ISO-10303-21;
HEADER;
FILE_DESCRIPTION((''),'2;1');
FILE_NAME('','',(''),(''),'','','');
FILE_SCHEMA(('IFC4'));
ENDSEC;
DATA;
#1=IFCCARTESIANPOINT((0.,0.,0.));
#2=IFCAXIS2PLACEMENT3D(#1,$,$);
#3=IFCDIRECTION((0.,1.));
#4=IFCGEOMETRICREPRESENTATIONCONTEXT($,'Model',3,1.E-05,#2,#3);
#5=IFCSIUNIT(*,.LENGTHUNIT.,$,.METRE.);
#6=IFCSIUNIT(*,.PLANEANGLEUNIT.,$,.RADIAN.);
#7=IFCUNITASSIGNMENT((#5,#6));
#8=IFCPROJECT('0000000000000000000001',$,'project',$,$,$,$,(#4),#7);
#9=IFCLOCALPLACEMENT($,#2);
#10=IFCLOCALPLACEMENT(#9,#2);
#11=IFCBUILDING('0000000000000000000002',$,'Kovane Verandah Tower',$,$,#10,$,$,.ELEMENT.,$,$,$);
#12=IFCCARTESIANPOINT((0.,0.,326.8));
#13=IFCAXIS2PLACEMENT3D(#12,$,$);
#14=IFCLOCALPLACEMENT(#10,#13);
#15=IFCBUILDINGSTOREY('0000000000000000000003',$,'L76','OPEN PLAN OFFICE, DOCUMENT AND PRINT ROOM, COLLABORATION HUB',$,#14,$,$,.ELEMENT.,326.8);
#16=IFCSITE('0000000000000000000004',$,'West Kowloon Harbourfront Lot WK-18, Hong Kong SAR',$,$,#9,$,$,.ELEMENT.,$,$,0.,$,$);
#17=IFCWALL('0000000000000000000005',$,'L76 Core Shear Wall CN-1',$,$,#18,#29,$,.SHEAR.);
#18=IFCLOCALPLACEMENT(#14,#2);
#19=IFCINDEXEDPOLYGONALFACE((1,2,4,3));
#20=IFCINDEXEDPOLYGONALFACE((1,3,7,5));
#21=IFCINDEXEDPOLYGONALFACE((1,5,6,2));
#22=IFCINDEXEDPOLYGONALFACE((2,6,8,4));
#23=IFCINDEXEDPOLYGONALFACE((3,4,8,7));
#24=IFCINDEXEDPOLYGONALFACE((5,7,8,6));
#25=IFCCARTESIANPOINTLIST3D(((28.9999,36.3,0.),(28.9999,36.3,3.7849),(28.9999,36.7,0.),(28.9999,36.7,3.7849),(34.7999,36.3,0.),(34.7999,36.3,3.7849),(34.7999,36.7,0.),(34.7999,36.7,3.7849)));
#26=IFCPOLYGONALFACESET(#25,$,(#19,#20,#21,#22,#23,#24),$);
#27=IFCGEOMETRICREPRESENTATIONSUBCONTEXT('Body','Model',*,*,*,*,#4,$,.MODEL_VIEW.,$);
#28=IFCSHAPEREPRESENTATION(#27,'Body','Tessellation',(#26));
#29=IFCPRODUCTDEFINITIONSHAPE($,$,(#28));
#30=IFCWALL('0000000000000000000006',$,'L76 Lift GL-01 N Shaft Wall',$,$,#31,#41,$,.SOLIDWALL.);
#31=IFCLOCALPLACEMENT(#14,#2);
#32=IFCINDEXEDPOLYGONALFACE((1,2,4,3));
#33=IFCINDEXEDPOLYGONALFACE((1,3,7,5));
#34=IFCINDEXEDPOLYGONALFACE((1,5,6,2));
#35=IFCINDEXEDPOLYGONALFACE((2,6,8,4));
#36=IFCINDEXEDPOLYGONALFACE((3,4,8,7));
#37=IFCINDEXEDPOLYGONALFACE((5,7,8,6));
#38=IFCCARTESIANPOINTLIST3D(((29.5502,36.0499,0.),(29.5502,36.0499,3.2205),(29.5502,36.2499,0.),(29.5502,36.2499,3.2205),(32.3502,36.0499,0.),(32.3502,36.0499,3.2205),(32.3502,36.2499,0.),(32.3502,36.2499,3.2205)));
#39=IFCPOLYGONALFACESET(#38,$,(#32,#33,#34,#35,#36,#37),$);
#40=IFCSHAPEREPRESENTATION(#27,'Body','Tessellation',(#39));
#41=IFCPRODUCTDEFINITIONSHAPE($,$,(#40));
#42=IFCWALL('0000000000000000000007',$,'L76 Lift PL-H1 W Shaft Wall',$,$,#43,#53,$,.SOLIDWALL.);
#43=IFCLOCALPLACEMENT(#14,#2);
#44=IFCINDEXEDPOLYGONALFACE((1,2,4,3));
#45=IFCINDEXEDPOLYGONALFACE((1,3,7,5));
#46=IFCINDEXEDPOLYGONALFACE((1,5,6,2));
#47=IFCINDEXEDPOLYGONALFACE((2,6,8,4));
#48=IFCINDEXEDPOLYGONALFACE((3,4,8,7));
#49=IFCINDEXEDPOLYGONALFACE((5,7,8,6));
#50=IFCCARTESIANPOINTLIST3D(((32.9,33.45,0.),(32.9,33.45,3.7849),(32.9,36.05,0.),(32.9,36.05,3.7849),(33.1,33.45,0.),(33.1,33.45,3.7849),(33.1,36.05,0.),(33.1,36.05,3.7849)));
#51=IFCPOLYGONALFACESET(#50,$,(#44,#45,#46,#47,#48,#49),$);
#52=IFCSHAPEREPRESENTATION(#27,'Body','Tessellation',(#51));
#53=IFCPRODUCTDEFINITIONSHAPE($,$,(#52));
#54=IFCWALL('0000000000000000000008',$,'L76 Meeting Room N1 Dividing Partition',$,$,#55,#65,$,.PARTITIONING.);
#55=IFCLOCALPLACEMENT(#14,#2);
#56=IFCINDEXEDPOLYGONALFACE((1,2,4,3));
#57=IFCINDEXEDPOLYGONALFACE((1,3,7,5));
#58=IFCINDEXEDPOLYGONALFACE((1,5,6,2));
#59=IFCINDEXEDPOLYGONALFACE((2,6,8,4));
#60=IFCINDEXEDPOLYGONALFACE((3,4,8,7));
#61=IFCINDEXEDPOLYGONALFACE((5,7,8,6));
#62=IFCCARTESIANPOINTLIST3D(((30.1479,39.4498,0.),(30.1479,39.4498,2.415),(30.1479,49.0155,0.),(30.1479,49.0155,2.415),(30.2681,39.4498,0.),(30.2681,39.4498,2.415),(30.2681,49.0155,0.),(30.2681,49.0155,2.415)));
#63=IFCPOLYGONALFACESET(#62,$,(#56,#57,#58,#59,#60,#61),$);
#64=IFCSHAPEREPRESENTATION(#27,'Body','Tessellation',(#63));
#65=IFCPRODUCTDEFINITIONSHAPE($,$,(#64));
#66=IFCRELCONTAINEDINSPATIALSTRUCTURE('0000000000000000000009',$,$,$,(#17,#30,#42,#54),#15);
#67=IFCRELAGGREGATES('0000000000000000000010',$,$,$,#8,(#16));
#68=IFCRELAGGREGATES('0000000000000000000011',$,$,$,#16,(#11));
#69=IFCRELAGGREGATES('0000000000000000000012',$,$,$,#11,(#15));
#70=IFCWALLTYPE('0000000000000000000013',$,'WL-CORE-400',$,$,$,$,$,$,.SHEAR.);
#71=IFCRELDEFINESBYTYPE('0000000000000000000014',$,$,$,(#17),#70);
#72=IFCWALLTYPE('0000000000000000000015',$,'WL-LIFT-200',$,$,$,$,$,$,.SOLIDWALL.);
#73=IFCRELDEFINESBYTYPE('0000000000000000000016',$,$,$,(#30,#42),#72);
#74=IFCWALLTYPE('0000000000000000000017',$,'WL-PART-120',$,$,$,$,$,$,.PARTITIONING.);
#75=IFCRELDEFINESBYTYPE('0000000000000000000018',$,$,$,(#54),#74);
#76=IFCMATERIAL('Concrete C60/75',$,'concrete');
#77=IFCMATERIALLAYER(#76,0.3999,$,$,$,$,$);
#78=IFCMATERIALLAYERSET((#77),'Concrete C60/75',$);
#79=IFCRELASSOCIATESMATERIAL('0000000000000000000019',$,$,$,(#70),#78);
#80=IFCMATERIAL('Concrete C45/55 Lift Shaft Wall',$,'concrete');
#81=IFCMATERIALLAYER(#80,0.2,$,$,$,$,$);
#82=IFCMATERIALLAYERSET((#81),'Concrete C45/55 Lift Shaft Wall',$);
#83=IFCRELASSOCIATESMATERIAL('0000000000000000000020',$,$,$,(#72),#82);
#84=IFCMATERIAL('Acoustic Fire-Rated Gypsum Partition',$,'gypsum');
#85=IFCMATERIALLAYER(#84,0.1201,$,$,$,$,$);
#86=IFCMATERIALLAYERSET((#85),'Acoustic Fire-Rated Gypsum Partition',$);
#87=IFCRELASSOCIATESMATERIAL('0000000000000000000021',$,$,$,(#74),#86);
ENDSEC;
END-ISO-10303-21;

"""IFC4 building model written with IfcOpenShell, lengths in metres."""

from ifc_helpers import new_model, si_unit, direction, frame, frame_2d, origin, place, context, subcontext, project, spatial, rectangle, extrude, material, layer, layer_set, type_object, element, save


model = new_model("IFC4")

# Units and contexts
model_context = context("Model", 3, precision=1e-05, world=origin(), true_north=direction((0.0, 1.0)))
body_context = subcontext(model_context, "Body", "Model", "MODEL_VIEW")
ifc_project = project(units=[si_unit("LENGTHUNIT", "METRE"), si_unit("PLANEANGLEUNIT", "RADIAN")], contexts=[model_context])

# Site, building, storey
site_placement = place(None, origin())
site = spatial("IfcSite", under=ifc_project, at=site_placement, Name="West Kowloon Harbourfront Lot WK-18, Hong Kong SAR", CompositionType="ELEMENT", RefElevation=0.0)
building_placement = place(site_placement, origin())
building = spatial("IfcBuilding", under=site, at=building_placement, Name="Kovane Verandah Tower", CompositionType="ELEMENT")
storey_placement = place(building_placement, frame((0.0, 0.0, 326.8)))
storey = spatial("IfcBuildingStorey", under=building, at=storey_placement, Name="L76", Description="OPEN PLAN OFFICE, DOCUMENT AND PRINT ROOM, COLLABORATION HUB", CompositionType="ELEMENT", Elevation=326.8)

# Shared definitions
ifc_material_1 = material(Name="Concrete C60/75", Category="concrete")

# Walls
ifc_layer_1 = layer(ifc_material_1, 0.3999)
ifc_layer_set_1 = layer_set([ifc_layer_1], Name="Concrete C60/75")
wall_type_1 = type_object("IfcWallType", Name="WL-CORE-400", PredefinedType="SHEAR", material=ifc_layer_set_1)
wall_1_placement = place(storey_placement, frame((29.0, 36.5, 0.0), z_axis=(0.0, 0.0, 1.0), x_axis=(1.0, 0.0, 0.0)))
element("IfcWall", 1, at=wall_1_placement, inside=storey, type_object=wall_type_1, Name="L76 Core Shear Wall CN-1", PredefinedType="SHEAR", context=body_context, shape_type="SweptSolid", body=[
    extrude(rectangle(XDim=5.8, YDim=0.3999, at=frame_2d((2.8999, 0.0))), origin(), (0.0, 0.0, 1.0), 3.7849),
])
ifc_material_2 = material(Name="Concrete C45/55 Lift Shaft Wall", Category="concrete")
ifc_layer_2 = layer(ifc_material_2, 0.2)
ifc_layer_set_2 = layer_set([ifc_layer_2], Name="Concrete C45/55 Lift Shaft Wall")
wall_type_2 = type_object("IfcWallType", Name="WL-LIFT-200", PredefinedType="SOLIDWALL", material=ifc_layer_set_2)
wall_2_placement = place(storey_placement, frame((32.3501, 36.1499, 0.0), z_axis=(0.0, 0.0, 1.0), x_axis=(-1.0, 0.0, 0.0)))
element("IfcWall", 2, at=wall_2_placement, inside=storey, type_object=wall_type_2, Name="L76 Lift GL-01 N Shaft Wall", PredefinedType="SOLIDWALL", context=body_context, shape_type="SweptSolid", body=[
    extrude(rectangle(XDim=2.8, YDim=0.2, at=frame_2d((1.3999, 0.0))), origin(), (0.0, 0.0, 1.0), 3.2205),
])
wall_3_placement = place(storey_placement, frame((33.0, 36.05, 0.0), z_axis=(0.0, 0.0, 1.0), x_axis=(0.0, -1.0, 0.0)))
element("IfcWall", 3, at=wall_3_placement, inside=storey, type_object=wall_type_2, Name="L76 Lift PL-H1 W Shaft Wall", PredefinedType="SOLIDWALL", context=body_context, shape_type="SweptSolid", body=[
    extrude(rectangle(XDim=2.6001, YDim=0.2, at=frame_2d((1.3, 0.0))), origin(), (0.0, 0.0, 1.0), 3.7849),
])
ifc_material_3 = material(Name="Acoustic Fire-Rated Gypsum Partition", Category="gypsum")
ifc_layer_3 = layer(ifc_material_3, 0.1201)
ifc_layer_set_3 = layer_set([ifc_layer_3], Name="Acoustic Fire-Rated Gypsum Partition")
wall_type_3 = type_object("IfcWallType", Name="WL-PART-120", PredefinedType="PARTITIONING", material=ifc_layer_set_3)
wall_4_placement = place(storey_placement, frame((30.208, 39.45, 0.0), z_axis=(0.0, 0.0, 1.0), x_axis=(0.0, 1.0, 0.0)))
element("IfcWall", 4, at=wall_4_placement, inside=storey, type_object=wall_type_3, Name="L76 Meeting Room N1 Dividing Partition", PredefinedType="PARTITIONING", context=body_context, shape_type="SweptSolid", body=[
    extrude(rectangle(XDim=9.5657, YDim=0.1201, at=frame_2d((4.7827, 0.0))), origin(), (0.0, 0.0, 1.0), 2.415),
])

save(model, "model.ifc")
